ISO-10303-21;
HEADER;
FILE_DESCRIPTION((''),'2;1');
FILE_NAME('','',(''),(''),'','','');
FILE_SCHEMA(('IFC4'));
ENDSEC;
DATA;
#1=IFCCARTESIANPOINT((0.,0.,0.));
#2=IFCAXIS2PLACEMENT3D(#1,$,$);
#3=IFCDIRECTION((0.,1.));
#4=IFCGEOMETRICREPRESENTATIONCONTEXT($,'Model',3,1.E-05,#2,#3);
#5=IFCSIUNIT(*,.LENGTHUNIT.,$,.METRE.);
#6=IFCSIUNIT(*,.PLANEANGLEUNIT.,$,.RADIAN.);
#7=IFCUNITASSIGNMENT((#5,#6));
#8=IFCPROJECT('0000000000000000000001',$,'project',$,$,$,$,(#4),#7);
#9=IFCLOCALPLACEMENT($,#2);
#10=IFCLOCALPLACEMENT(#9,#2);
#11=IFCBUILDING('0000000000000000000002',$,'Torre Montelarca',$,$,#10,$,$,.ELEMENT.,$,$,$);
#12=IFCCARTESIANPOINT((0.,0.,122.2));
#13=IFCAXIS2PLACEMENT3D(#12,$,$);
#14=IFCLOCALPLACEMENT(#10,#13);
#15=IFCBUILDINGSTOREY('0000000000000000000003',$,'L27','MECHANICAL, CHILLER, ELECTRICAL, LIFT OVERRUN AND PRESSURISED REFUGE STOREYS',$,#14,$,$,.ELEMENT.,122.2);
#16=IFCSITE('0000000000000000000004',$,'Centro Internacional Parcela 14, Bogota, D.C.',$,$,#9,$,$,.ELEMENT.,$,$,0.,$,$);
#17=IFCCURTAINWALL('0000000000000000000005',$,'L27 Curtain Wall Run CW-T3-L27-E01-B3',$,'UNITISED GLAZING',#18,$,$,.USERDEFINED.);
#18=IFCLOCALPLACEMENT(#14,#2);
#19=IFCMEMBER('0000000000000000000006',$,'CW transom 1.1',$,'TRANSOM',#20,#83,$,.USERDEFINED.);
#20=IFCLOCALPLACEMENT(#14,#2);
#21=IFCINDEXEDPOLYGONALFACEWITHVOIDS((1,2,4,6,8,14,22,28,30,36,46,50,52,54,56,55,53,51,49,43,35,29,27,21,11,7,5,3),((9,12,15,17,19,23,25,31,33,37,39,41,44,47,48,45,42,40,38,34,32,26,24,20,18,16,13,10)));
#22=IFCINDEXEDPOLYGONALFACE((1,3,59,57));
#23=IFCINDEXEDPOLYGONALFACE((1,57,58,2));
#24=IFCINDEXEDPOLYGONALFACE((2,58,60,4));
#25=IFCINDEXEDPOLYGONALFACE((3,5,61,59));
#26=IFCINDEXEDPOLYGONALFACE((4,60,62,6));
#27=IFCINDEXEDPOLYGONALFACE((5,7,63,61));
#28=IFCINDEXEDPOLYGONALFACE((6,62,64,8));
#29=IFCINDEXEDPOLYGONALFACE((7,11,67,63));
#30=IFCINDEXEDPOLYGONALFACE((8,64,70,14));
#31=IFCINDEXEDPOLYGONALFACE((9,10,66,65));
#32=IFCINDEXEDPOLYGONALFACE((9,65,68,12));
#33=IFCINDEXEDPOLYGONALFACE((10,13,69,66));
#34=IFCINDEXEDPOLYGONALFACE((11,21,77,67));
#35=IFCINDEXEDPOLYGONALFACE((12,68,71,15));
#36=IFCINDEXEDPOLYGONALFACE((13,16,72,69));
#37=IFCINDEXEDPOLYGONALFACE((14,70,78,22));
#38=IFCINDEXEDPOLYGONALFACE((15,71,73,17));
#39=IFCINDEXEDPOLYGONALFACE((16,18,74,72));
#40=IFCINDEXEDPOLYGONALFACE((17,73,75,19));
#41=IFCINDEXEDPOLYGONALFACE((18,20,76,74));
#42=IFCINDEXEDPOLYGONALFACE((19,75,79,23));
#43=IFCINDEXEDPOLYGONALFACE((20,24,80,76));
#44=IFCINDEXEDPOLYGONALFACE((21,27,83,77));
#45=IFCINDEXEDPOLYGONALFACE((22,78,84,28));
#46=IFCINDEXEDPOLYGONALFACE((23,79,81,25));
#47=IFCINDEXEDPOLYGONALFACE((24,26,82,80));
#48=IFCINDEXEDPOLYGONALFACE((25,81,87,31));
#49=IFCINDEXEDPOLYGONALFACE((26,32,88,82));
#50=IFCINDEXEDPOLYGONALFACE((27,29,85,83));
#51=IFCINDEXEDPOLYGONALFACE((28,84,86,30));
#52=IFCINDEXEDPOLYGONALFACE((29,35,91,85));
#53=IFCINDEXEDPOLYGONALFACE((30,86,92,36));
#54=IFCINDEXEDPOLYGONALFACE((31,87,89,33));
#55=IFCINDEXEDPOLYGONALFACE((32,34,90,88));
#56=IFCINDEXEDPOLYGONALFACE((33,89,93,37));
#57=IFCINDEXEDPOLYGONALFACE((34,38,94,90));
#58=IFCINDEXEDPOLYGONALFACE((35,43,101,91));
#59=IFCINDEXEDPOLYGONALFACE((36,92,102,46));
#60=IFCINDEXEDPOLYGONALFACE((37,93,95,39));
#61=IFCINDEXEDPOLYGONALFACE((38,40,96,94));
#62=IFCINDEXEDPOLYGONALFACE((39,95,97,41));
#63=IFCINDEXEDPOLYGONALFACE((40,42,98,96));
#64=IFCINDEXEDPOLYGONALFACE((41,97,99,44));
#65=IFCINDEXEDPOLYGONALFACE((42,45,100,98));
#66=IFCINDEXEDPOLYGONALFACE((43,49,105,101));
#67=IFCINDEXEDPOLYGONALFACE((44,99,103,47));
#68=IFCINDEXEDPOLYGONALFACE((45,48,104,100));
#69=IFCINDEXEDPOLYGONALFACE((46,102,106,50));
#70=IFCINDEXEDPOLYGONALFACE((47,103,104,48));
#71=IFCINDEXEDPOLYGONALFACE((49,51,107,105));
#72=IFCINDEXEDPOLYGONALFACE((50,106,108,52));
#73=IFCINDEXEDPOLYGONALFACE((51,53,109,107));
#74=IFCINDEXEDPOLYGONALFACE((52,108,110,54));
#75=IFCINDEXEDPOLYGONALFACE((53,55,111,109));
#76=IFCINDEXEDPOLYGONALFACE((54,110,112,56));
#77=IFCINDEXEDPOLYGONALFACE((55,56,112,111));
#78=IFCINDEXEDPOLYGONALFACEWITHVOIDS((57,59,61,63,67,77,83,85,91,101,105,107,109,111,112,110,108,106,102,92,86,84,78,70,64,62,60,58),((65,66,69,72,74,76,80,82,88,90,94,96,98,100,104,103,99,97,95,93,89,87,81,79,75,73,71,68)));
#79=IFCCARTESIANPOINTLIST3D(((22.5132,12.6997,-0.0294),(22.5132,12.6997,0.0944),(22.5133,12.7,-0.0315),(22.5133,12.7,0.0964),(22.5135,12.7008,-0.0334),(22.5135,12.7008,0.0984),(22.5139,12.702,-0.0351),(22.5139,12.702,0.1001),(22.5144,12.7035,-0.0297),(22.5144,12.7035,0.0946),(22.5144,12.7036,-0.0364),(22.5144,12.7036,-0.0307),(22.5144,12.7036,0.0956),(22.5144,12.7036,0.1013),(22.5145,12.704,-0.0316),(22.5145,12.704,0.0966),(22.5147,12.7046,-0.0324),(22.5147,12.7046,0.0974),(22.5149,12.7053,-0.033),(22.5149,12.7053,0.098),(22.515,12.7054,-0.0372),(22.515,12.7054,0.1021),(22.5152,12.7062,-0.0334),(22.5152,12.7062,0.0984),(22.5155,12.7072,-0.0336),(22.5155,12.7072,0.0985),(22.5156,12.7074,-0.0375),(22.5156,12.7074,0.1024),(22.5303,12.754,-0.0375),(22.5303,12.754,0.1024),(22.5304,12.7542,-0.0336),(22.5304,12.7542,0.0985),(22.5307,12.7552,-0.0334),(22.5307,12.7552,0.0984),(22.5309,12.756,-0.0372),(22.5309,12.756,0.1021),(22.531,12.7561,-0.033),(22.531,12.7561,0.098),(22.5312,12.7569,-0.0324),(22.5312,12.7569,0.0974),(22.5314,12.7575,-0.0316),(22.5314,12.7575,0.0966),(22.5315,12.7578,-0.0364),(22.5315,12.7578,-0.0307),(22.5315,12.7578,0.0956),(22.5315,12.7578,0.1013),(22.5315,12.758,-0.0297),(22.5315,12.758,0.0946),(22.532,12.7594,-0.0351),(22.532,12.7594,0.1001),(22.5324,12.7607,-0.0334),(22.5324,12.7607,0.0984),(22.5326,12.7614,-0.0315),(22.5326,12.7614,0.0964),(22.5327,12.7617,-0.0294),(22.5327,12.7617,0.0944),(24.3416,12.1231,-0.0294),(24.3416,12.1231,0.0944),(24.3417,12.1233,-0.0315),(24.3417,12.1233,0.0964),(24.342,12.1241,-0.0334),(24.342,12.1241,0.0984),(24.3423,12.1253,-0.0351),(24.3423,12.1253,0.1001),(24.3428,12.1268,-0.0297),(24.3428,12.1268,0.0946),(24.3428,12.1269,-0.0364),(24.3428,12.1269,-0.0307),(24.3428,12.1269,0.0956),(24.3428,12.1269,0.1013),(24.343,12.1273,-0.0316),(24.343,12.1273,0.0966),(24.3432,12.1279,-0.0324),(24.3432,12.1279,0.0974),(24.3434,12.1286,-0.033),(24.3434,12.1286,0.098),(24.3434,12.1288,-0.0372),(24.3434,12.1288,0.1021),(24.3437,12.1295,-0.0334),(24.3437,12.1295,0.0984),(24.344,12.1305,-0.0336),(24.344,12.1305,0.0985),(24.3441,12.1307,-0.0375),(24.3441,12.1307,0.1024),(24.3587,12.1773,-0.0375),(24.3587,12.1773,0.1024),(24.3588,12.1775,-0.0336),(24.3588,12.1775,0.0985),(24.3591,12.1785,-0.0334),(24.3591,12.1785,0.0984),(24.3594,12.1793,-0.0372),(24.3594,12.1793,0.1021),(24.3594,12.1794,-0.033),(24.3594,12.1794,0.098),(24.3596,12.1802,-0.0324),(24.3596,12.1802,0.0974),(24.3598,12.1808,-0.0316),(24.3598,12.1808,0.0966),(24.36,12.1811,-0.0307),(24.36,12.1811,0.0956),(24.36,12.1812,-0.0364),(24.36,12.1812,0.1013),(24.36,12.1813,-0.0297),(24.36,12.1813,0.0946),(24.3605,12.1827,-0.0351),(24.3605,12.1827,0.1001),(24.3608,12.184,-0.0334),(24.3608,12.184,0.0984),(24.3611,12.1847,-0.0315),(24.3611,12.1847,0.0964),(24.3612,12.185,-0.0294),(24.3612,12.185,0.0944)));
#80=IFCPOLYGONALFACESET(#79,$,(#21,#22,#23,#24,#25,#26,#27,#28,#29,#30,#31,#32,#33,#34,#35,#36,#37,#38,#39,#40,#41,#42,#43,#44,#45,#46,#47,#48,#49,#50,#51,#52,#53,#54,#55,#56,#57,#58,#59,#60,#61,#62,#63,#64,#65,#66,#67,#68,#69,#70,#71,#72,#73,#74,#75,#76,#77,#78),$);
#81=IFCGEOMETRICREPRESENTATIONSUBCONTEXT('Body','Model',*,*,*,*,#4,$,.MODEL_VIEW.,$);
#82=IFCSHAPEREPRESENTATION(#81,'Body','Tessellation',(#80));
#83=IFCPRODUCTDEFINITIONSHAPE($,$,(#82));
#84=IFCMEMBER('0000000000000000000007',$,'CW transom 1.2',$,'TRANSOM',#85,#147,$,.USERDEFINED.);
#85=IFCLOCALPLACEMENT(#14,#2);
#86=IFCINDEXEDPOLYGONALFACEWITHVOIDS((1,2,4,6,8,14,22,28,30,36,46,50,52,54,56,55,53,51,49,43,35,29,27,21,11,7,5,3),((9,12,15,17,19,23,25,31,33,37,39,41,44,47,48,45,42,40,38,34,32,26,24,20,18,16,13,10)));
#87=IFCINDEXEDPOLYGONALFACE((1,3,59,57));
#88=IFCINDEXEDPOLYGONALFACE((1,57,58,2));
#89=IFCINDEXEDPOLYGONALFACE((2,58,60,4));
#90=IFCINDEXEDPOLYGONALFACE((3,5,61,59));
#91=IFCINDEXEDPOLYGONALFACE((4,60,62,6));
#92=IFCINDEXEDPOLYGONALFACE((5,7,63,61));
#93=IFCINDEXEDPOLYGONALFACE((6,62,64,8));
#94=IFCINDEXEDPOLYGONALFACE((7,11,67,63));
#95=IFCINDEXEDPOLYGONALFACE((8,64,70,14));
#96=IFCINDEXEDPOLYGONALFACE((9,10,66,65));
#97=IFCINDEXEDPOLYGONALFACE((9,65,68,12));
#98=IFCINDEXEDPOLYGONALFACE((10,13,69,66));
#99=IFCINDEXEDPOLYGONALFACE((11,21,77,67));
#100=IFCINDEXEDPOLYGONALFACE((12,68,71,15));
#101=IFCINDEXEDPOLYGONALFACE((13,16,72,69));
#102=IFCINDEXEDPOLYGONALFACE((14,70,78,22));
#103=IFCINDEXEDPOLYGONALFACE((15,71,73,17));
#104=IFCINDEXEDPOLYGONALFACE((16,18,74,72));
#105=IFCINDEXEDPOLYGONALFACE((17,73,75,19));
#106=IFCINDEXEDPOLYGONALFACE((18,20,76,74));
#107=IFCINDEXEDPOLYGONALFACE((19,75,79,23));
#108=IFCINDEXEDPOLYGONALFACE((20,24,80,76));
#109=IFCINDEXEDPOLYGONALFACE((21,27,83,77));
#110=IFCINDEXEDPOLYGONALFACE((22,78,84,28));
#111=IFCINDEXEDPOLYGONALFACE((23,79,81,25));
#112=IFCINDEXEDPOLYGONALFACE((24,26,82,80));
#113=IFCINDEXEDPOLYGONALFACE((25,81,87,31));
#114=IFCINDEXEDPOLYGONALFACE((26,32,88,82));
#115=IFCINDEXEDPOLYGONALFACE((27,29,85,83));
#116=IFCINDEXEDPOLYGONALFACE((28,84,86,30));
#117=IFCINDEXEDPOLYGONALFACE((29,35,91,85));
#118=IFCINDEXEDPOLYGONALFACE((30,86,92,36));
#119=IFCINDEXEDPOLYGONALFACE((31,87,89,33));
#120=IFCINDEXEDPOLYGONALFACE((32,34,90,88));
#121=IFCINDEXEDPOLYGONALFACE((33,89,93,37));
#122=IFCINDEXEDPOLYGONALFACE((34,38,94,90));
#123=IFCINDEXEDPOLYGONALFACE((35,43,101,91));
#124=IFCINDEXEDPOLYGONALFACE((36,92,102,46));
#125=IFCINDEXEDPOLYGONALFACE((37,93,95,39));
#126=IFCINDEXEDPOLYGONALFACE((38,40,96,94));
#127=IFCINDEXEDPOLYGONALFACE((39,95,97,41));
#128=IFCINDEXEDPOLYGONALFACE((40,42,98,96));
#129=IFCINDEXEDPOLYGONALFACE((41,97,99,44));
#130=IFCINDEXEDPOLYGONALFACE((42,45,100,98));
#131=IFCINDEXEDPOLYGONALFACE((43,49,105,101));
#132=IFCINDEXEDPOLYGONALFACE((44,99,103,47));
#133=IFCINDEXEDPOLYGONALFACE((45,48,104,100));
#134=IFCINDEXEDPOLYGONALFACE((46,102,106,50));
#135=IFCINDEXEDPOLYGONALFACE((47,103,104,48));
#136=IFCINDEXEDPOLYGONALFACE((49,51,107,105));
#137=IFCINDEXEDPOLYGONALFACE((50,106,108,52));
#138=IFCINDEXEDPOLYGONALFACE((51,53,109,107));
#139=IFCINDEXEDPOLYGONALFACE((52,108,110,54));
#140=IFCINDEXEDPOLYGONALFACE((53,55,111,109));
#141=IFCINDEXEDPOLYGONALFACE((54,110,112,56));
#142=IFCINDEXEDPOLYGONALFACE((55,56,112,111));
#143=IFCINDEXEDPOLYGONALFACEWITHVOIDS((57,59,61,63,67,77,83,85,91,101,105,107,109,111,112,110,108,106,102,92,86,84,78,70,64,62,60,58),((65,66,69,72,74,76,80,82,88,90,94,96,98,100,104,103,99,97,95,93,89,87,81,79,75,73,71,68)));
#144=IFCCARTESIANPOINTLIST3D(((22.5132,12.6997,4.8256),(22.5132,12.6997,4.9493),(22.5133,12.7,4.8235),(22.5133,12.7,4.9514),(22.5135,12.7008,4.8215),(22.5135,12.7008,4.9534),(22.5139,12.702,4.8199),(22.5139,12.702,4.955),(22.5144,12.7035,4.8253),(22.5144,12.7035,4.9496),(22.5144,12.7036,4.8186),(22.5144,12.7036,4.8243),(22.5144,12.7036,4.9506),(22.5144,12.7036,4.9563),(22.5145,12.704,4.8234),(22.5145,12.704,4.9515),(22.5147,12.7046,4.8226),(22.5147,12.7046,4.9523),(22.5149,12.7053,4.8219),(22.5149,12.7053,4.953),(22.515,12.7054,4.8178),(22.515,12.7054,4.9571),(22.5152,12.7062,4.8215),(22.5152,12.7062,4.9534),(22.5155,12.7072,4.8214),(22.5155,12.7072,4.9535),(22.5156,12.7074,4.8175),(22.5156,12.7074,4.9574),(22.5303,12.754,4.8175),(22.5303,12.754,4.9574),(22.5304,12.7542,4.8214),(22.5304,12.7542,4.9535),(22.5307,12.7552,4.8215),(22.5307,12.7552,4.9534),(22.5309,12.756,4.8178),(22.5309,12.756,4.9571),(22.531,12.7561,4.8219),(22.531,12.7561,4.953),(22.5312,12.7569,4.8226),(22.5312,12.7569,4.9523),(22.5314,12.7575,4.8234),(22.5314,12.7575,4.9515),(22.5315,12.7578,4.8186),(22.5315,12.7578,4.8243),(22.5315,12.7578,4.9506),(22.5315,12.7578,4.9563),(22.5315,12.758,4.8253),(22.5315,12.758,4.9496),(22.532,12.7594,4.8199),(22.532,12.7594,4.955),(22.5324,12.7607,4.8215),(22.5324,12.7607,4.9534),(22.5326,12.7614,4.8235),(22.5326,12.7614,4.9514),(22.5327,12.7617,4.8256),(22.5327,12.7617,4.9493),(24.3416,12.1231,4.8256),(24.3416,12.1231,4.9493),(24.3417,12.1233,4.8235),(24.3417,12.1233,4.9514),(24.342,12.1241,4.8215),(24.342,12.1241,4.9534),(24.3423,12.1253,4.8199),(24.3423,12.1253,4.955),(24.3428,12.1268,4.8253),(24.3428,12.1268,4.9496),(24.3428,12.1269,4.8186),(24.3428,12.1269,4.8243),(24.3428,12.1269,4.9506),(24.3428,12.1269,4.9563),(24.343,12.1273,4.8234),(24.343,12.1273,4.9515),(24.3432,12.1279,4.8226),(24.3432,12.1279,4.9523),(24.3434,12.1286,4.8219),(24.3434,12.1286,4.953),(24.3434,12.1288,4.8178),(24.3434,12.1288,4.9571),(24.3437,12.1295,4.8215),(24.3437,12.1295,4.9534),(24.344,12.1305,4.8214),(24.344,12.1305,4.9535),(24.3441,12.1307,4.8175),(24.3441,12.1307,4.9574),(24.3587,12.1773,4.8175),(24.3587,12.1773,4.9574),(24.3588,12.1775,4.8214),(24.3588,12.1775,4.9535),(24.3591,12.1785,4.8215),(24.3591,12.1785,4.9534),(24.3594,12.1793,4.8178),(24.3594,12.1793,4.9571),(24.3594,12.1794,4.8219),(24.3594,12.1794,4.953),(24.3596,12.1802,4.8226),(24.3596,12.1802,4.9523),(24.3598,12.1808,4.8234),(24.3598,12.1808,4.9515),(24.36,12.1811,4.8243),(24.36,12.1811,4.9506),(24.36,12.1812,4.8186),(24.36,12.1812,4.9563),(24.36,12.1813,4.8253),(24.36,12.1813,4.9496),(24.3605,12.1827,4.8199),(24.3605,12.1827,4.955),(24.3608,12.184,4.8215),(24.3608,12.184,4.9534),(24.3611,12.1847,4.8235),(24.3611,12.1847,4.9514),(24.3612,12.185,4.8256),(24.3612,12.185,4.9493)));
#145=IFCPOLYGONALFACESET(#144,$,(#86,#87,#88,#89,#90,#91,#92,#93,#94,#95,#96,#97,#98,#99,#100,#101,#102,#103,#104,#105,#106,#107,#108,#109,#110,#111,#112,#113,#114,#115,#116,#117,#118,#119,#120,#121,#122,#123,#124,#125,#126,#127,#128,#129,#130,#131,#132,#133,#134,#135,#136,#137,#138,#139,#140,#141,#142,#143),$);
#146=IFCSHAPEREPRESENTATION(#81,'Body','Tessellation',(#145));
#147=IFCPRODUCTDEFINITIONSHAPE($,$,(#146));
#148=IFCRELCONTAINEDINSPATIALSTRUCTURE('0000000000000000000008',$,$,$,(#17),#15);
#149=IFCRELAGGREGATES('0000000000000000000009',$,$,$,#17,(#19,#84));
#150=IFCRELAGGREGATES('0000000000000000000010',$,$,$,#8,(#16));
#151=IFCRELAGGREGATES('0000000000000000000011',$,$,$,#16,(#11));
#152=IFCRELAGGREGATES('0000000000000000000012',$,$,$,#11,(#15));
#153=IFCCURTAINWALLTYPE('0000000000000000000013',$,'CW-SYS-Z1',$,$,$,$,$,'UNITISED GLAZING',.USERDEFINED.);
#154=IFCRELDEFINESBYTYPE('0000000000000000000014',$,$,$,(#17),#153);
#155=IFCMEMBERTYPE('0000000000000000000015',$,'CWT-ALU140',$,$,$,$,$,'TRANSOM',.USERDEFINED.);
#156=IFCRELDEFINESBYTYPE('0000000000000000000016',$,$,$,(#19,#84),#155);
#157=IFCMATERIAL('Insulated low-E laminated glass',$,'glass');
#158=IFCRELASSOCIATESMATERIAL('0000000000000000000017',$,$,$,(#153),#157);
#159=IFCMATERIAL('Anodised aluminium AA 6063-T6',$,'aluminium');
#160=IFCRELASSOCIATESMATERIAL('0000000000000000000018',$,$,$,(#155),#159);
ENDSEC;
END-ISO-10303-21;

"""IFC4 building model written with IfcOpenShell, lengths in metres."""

from ifc_helpers import new_model, si_unit, direction, frame, origin, origin_2d, place, context, subcontext, project, spatial, hollow_rectangle, extrude, source, transform, mapped, material, material_profile, profile_set, type_object, element, aggregate, save


model = new_model("IFC4")

# Units and contexts
model_context = context("Model", 3, precision=1e-05, world=origin(), true_north=direction((0.0, 1.0)))
body_context = subcontext(model_context, "Body", "Model", "MODEL_VIEW")
ifc_project = project(units=[si_unit("LENGTHUNIT", "METRE"), si_unit("PLANEANGLEUNIT", "RADIAN")], contexts=[model_context])

# Site, building, storey
site_placement = place(None, origin())
site = spatial("IfcSite", under=ifc_project, at=site_placement, Name="Centro Internacional Parcela 14, Bogota, D.C.", CompositionType="ELEMENT", RefElevation=0.0)
building_placement = place(site_placement, origin())
building = spatial("IfcBuilding", under=site, at=building_placement, Name="Torre Montelarca", CompositionType="ELEMENT")
storey_placement = place(building_placement, frame((0.0, 0.0, 122.2)))
storey = spatial("IfcBuildingStorey", under=building, at=storey_placement, Name="L27", Description="MECHANICAL, CHILLER, ELECTRICAL, LIFT OVERRUN AND PRESSURISED REFUGE STOREYS", CompositionType="ELEMENT", Elevation=122.2)

# Curtain wall, members
ifc_material_1 = material(Name="Insulated low-E laminated glass", Category="glass")
curtain_wall_type = type_object("IfcCurtainWallType", Name="CW-SYS-Z1", ElementType="UNITISED GLAZING", PredefinedType="USERDEFINED", material=ifc_material_1)
curtain_wall_1_placement = place(storey_placement, origin())
curtain_wall_1 = element("IfcCurtainWall", 1, at=curtain_wall_1_placement, inside=storey, type_object=curtain_wall_type, Name="L27 Curtain Wall Run CW-T3-L27-E01-B3", ObjectType="UNITISED GLAZING", PredefinedType="USERDEFINED")
ifc_material_2 = material(Name="Anodised aluminium AA 6063-T6", Category="aluminium")
ifc_material_profile_1 = material_profile(ifc_material_2, hollow_rectangle(XDim=0.0649, YDim=0.1399, WallThickness=0.0039, InnerFilletRadius=0.0039, OuterFilletRadius=0.0081, at=origin_2d()), Name="ALU65X140X4", Category="aluminium")
ifc_profile_set_1 = profile_set([ifc_material_profile_1], Name="Anodised aluminium AA 6063-T6")
member_type_1 = type_object("IfcMemberType", Name="CWT-ALU140", ElementType="TRANSOM", PredefinedType="USERDEFINED", material=ifc_profile_set_1)
shared_shape_1 = source(origin(), body_context, "Body", "SweptSolid", [
    extrude(hollow_rectangle(XDim=0.0649, YDim=0.1399, WallThickness=0.0039, InnerFilletRadius=0.0039, OuterFilletRadius=0.0081, at=origin_2d()), origin(), (0.0, 0.0, 1.0), 1.9172),
])
member_1_placement = place(storey_placement, frame((22.5229, 12.7307, 0.0325), z_axis=(0.95369, -0.30079, 0.0), x_axis=(0.30079, 0.95369, 0.0)))
member_1 = element("IfcMember", 2, at=member_1_placement, type_object=member_type_1, Name="CW transom 1.1", ObjectType="TRANSOM", PredefinedType="USERDEFINED", context=body_context, shape_type="MappedRepresentation", body=[
    mapped(shared_shape_1, transform((0.0, 0.0, 0.0), scale=1.0)),
])
member_2_placement = place(storey_placement, frame((22.5229, 12.7307, 4.8875), z_axis=(0.95369, -0.30079, 0.0), x_axis=(0.30079, 0.95369, 0.0)))
member_2 = element("IfcMember", 3, at=member_2_placement, type_object=member_type_1, Name="CW transom 1.2", ObjectType="TRANSOM", PredefinedType="USERDEFINED", context=body_context, shape_type="MappedRepresentation", body=[
    mapped(shared_shape_1, transform((0.0, 0.0, 0.0), scale=1.0)),
])

aggregate(curtain_wall_1, [member_1, member_2])

save(model, "model.ifc")
